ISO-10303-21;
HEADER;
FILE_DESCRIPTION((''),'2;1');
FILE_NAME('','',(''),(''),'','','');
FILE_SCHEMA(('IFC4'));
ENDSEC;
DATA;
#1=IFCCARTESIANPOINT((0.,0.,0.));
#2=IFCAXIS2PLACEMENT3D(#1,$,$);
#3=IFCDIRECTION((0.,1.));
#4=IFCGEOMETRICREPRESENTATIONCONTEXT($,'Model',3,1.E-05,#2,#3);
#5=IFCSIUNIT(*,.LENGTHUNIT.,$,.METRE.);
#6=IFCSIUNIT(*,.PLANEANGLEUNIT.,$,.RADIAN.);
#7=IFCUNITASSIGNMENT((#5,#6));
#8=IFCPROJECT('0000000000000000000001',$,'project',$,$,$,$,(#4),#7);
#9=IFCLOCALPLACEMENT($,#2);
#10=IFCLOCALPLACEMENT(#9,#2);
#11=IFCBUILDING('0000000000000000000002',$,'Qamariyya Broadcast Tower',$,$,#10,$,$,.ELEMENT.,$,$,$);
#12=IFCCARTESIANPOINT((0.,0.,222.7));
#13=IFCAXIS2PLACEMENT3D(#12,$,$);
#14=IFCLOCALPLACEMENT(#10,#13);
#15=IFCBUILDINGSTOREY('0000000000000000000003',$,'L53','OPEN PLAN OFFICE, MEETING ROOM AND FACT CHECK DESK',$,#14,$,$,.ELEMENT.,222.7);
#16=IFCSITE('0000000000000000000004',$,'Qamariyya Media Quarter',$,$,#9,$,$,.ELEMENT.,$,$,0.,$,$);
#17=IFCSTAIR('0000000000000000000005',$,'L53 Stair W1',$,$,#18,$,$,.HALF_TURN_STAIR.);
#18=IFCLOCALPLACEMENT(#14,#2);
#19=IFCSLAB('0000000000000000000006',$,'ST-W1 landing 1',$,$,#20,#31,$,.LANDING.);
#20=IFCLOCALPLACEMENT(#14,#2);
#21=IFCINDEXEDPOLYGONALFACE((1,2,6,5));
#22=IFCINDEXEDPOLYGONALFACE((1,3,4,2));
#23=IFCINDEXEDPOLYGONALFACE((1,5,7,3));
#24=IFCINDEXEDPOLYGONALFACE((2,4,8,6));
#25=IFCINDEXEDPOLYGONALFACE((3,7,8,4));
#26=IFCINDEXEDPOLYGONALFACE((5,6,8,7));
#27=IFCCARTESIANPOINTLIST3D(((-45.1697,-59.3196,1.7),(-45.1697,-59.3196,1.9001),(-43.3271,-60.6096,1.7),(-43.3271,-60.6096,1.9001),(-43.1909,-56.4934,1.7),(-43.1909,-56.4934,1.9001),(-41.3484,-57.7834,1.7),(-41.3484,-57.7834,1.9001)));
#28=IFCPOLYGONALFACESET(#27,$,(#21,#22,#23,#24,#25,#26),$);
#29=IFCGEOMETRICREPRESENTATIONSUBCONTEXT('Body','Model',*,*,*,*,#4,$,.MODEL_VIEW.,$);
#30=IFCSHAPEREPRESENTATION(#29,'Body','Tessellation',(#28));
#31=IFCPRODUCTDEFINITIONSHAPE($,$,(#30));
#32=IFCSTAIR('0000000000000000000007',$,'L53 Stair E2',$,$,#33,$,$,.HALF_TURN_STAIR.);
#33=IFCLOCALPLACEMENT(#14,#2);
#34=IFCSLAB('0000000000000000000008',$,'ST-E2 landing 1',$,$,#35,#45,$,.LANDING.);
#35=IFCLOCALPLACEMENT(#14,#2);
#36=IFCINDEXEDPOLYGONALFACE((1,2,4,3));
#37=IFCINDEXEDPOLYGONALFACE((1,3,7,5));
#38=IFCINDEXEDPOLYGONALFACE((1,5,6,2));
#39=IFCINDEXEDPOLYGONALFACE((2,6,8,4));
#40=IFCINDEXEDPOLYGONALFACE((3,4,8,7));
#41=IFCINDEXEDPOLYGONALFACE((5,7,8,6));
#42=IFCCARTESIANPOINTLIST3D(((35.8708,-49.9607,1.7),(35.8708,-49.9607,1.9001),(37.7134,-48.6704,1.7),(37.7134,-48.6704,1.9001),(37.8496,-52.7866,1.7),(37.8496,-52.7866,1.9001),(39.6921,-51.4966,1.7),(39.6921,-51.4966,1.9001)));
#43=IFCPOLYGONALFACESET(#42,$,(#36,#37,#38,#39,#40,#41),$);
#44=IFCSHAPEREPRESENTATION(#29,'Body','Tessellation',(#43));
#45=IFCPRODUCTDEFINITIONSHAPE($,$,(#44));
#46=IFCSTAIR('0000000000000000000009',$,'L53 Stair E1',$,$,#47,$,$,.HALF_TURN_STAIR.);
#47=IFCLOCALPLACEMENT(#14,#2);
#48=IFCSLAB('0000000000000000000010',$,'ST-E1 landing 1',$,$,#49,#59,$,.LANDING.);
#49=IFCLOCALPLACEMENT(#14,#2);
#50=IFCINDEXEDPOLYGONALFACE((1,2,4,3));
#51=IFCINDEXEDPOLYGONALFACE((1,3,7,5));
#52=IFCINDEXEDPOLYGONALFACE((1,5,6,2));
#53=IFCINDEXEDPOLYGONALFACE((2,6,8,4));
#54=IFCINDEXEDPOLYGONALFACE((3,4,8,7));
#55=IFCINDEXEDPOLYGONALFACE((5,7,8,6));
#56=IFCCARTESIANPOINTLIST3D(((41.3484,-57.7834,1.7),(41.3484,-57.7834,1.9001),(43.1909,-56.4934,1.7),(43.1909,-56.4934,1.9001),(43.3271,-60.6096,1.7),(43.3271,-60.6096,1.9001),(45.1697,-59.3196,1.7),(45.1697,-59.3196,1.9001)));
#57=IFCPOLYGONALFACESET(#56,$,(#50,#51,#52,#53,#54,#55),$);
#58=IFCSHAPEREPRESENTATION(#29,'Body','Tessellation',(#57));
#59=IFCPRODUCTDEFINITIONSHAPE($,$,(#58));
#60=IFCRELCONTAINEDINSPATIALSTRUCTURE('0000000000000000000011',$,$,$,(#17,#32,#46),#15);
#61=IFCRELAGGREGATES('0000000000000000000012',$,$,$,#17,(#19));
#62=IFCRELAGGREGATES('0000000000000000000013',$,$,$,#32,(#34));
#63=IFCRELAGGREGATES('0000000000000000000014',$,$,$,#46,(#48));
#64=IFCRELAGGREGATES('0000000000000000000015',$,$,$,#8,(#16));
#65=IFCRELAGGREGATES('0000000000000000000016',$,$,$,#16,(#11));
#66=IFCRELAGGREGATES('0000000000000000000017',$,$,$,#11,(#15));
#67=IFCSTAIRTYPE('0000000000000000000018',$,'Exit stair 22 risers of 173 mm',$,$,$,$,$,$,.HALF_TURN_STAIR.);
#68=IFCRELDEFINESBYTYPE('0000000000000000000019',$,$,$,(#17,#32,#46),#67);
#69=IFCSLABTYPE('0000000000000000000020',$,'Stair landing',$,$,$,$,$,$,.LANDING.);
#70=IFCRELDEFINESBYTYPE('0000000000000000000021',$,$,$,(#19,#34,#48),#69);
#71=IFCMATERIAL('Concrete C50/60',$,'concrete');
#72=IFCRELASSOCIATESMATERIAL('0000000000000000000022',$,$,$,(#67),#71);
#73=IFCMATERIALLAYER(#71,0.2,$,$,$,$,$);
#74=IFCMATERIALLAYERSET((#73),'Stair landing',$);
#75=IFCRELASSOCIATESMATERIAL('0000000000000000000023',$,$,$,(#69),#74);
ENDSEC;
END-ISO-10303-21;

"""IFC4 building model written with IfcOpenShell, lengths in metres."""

from ifc_helpers import new_model, si_unit, direction, frame, origin, place, context, subcontext, project, spatial, polyline, outline, extrude, material, layer, layer_set, type_object, element, aggregate, save


model = new_model("IFC4")

# Units and contexts
model_context = context("Model", 3, precision=1e-05, world=origin(), true_north=direction((0.0, 1.0)))
body_context = subcontext(model_context, "Body", "Model", "MODEL_VIEW")
ifc_project = project(units=[si_unit("LENGTHUNIT", "METRE"), si_unit("PLANEANGLEUNIT", "RADIAN")], contexts=[model_context])

# Site, building, storey
site_placement = place(None, origin())
building_placement = place(site_placement, origin())
storey_placement = place(building_placement, frame((0.0, 0.0, 222.7)))
site = spatial("IfcSite", under=ifc_project, at=site_placement, Name="Qamariyya Media Quarter", CompositionType="ELEMENT", RefElevation=0.0)
building = spatial("IfcBuilding", under=site, at=building_placement, Name="Qamariyya Broadcast Tower", CompositionType="ELEMENT")
storey = spatial("IfcBuildingStorey", under=building, at=storey_placement, Name="L53", Description="OPEN PLAN OFFICE, MEETING ROOM AND FACT CHECK DESK", CompositionType="ELEMENT", Elevation=222.7)

# Stairs, slabs
ifc_material_1 = material(Name="Concrete C50/60", Category="concrete")
stair_type = type_object("IfcStairType", Name="Exit stair 22 risers of 173 mm", PredefinedType="HALF_TURN_STAIR", material=ifc_material_1)
stair_1_placement = place(storey_placement, origin())
stair_1 = element("IfcStair", 1, at=stair_1_placement, inside=storey, type_object=stair_type, Name="L53 Stair W1", PredefinedType="HALF_TURN_STAIR")
ifc_layer_1 = layer(ifc_material_1, 0.2)
ifc_layer_set_1 = layer_set([ifc_layer_1], Name="Stair landing")
slab_type_1 = type_object("IfcSlabType", Name="Stair landing", PredefinedType="LANDING", material=ifc_layer_set_1)
slab_1_placement = place(storey_placement, frame((0.0, 0.0, 1.7)))
slab_1 = element("IfcSlab", 2, at=slab_1_placement, type_object=slab_type_1, Name="ST-W1 landing 1", PredefinedType="LANDING", context=body_context, shape_type="SweptSolid", body=[
    extrude(outline(polyline([(-45.1697, -59.3196), (-43.3271, -60.6096), (-41.3484, -57.7834), (-43.1909, -56.4934), (-45.1697, -59.3196)])), origin(), (0.0, 0.0, 1.0), 0.2002),
])
aggregate(stair_1, [slab_1])
stair_2_placement = place(storey_placement, origin())
stair_2 = element("IfcStair", 3, at=stair_2_placement, inside=storey, type_object=stair_type, Name="L53 Stair E2", PredefinedType="HALF_TURN_STAIR")
slab_2_placement = place(storey_placement, frame((0.0, 0.0, 1.7)))
slab_2 = element("IfcSlab", 4, at=slab_2_placement, type_object=slab_type_1, Name="ST-E2 landing 1", PredefinedType="LANDING", context=body_context, shape_type="SweptSolid", body=[
    extrude(outline(polyline([(37.7134, -48.6704), (35.8708, -49.9607), (37.8496, -52.7866), (39.6921, -51.4966), (37.7134, -48.6704)])), origin(), (0.0, 0.0, 1.0), 0.2002),
])
aggregate(stair_2, [slab_2])
stair_3_placement = place(storey_placement, origin())
stair_3 = element("IfcStair", 5, at=stair_3_placement, inside=storey, type_object=stair_type, Name="L53 Stair E1", PredefinedType="HALF_TURN_STAIR")
slab_3_placement = place(storey_placement, frame((0.0, 0.0, 1.7)))
slab_3 = element("IfcSlab", 6, at=slab_3_placement, type_object=slab_type_1, Name="ST-E1 landing 1", PredefinedType="LANDING", context=body_context, shape_type="SweptSolid", body=[
    extrude(outline(polyline([(43.1909, -56.4934), (41.3484, -57.7834), (43.3271, -60.6096), (45.1697, -59.3196), (43.1909, -56.4934)])), origin(), (0.0, 0.0, 1.0), 0.2002),
])
aggregate(stair_3, [slab_3])

save(model, "model.ifc")
